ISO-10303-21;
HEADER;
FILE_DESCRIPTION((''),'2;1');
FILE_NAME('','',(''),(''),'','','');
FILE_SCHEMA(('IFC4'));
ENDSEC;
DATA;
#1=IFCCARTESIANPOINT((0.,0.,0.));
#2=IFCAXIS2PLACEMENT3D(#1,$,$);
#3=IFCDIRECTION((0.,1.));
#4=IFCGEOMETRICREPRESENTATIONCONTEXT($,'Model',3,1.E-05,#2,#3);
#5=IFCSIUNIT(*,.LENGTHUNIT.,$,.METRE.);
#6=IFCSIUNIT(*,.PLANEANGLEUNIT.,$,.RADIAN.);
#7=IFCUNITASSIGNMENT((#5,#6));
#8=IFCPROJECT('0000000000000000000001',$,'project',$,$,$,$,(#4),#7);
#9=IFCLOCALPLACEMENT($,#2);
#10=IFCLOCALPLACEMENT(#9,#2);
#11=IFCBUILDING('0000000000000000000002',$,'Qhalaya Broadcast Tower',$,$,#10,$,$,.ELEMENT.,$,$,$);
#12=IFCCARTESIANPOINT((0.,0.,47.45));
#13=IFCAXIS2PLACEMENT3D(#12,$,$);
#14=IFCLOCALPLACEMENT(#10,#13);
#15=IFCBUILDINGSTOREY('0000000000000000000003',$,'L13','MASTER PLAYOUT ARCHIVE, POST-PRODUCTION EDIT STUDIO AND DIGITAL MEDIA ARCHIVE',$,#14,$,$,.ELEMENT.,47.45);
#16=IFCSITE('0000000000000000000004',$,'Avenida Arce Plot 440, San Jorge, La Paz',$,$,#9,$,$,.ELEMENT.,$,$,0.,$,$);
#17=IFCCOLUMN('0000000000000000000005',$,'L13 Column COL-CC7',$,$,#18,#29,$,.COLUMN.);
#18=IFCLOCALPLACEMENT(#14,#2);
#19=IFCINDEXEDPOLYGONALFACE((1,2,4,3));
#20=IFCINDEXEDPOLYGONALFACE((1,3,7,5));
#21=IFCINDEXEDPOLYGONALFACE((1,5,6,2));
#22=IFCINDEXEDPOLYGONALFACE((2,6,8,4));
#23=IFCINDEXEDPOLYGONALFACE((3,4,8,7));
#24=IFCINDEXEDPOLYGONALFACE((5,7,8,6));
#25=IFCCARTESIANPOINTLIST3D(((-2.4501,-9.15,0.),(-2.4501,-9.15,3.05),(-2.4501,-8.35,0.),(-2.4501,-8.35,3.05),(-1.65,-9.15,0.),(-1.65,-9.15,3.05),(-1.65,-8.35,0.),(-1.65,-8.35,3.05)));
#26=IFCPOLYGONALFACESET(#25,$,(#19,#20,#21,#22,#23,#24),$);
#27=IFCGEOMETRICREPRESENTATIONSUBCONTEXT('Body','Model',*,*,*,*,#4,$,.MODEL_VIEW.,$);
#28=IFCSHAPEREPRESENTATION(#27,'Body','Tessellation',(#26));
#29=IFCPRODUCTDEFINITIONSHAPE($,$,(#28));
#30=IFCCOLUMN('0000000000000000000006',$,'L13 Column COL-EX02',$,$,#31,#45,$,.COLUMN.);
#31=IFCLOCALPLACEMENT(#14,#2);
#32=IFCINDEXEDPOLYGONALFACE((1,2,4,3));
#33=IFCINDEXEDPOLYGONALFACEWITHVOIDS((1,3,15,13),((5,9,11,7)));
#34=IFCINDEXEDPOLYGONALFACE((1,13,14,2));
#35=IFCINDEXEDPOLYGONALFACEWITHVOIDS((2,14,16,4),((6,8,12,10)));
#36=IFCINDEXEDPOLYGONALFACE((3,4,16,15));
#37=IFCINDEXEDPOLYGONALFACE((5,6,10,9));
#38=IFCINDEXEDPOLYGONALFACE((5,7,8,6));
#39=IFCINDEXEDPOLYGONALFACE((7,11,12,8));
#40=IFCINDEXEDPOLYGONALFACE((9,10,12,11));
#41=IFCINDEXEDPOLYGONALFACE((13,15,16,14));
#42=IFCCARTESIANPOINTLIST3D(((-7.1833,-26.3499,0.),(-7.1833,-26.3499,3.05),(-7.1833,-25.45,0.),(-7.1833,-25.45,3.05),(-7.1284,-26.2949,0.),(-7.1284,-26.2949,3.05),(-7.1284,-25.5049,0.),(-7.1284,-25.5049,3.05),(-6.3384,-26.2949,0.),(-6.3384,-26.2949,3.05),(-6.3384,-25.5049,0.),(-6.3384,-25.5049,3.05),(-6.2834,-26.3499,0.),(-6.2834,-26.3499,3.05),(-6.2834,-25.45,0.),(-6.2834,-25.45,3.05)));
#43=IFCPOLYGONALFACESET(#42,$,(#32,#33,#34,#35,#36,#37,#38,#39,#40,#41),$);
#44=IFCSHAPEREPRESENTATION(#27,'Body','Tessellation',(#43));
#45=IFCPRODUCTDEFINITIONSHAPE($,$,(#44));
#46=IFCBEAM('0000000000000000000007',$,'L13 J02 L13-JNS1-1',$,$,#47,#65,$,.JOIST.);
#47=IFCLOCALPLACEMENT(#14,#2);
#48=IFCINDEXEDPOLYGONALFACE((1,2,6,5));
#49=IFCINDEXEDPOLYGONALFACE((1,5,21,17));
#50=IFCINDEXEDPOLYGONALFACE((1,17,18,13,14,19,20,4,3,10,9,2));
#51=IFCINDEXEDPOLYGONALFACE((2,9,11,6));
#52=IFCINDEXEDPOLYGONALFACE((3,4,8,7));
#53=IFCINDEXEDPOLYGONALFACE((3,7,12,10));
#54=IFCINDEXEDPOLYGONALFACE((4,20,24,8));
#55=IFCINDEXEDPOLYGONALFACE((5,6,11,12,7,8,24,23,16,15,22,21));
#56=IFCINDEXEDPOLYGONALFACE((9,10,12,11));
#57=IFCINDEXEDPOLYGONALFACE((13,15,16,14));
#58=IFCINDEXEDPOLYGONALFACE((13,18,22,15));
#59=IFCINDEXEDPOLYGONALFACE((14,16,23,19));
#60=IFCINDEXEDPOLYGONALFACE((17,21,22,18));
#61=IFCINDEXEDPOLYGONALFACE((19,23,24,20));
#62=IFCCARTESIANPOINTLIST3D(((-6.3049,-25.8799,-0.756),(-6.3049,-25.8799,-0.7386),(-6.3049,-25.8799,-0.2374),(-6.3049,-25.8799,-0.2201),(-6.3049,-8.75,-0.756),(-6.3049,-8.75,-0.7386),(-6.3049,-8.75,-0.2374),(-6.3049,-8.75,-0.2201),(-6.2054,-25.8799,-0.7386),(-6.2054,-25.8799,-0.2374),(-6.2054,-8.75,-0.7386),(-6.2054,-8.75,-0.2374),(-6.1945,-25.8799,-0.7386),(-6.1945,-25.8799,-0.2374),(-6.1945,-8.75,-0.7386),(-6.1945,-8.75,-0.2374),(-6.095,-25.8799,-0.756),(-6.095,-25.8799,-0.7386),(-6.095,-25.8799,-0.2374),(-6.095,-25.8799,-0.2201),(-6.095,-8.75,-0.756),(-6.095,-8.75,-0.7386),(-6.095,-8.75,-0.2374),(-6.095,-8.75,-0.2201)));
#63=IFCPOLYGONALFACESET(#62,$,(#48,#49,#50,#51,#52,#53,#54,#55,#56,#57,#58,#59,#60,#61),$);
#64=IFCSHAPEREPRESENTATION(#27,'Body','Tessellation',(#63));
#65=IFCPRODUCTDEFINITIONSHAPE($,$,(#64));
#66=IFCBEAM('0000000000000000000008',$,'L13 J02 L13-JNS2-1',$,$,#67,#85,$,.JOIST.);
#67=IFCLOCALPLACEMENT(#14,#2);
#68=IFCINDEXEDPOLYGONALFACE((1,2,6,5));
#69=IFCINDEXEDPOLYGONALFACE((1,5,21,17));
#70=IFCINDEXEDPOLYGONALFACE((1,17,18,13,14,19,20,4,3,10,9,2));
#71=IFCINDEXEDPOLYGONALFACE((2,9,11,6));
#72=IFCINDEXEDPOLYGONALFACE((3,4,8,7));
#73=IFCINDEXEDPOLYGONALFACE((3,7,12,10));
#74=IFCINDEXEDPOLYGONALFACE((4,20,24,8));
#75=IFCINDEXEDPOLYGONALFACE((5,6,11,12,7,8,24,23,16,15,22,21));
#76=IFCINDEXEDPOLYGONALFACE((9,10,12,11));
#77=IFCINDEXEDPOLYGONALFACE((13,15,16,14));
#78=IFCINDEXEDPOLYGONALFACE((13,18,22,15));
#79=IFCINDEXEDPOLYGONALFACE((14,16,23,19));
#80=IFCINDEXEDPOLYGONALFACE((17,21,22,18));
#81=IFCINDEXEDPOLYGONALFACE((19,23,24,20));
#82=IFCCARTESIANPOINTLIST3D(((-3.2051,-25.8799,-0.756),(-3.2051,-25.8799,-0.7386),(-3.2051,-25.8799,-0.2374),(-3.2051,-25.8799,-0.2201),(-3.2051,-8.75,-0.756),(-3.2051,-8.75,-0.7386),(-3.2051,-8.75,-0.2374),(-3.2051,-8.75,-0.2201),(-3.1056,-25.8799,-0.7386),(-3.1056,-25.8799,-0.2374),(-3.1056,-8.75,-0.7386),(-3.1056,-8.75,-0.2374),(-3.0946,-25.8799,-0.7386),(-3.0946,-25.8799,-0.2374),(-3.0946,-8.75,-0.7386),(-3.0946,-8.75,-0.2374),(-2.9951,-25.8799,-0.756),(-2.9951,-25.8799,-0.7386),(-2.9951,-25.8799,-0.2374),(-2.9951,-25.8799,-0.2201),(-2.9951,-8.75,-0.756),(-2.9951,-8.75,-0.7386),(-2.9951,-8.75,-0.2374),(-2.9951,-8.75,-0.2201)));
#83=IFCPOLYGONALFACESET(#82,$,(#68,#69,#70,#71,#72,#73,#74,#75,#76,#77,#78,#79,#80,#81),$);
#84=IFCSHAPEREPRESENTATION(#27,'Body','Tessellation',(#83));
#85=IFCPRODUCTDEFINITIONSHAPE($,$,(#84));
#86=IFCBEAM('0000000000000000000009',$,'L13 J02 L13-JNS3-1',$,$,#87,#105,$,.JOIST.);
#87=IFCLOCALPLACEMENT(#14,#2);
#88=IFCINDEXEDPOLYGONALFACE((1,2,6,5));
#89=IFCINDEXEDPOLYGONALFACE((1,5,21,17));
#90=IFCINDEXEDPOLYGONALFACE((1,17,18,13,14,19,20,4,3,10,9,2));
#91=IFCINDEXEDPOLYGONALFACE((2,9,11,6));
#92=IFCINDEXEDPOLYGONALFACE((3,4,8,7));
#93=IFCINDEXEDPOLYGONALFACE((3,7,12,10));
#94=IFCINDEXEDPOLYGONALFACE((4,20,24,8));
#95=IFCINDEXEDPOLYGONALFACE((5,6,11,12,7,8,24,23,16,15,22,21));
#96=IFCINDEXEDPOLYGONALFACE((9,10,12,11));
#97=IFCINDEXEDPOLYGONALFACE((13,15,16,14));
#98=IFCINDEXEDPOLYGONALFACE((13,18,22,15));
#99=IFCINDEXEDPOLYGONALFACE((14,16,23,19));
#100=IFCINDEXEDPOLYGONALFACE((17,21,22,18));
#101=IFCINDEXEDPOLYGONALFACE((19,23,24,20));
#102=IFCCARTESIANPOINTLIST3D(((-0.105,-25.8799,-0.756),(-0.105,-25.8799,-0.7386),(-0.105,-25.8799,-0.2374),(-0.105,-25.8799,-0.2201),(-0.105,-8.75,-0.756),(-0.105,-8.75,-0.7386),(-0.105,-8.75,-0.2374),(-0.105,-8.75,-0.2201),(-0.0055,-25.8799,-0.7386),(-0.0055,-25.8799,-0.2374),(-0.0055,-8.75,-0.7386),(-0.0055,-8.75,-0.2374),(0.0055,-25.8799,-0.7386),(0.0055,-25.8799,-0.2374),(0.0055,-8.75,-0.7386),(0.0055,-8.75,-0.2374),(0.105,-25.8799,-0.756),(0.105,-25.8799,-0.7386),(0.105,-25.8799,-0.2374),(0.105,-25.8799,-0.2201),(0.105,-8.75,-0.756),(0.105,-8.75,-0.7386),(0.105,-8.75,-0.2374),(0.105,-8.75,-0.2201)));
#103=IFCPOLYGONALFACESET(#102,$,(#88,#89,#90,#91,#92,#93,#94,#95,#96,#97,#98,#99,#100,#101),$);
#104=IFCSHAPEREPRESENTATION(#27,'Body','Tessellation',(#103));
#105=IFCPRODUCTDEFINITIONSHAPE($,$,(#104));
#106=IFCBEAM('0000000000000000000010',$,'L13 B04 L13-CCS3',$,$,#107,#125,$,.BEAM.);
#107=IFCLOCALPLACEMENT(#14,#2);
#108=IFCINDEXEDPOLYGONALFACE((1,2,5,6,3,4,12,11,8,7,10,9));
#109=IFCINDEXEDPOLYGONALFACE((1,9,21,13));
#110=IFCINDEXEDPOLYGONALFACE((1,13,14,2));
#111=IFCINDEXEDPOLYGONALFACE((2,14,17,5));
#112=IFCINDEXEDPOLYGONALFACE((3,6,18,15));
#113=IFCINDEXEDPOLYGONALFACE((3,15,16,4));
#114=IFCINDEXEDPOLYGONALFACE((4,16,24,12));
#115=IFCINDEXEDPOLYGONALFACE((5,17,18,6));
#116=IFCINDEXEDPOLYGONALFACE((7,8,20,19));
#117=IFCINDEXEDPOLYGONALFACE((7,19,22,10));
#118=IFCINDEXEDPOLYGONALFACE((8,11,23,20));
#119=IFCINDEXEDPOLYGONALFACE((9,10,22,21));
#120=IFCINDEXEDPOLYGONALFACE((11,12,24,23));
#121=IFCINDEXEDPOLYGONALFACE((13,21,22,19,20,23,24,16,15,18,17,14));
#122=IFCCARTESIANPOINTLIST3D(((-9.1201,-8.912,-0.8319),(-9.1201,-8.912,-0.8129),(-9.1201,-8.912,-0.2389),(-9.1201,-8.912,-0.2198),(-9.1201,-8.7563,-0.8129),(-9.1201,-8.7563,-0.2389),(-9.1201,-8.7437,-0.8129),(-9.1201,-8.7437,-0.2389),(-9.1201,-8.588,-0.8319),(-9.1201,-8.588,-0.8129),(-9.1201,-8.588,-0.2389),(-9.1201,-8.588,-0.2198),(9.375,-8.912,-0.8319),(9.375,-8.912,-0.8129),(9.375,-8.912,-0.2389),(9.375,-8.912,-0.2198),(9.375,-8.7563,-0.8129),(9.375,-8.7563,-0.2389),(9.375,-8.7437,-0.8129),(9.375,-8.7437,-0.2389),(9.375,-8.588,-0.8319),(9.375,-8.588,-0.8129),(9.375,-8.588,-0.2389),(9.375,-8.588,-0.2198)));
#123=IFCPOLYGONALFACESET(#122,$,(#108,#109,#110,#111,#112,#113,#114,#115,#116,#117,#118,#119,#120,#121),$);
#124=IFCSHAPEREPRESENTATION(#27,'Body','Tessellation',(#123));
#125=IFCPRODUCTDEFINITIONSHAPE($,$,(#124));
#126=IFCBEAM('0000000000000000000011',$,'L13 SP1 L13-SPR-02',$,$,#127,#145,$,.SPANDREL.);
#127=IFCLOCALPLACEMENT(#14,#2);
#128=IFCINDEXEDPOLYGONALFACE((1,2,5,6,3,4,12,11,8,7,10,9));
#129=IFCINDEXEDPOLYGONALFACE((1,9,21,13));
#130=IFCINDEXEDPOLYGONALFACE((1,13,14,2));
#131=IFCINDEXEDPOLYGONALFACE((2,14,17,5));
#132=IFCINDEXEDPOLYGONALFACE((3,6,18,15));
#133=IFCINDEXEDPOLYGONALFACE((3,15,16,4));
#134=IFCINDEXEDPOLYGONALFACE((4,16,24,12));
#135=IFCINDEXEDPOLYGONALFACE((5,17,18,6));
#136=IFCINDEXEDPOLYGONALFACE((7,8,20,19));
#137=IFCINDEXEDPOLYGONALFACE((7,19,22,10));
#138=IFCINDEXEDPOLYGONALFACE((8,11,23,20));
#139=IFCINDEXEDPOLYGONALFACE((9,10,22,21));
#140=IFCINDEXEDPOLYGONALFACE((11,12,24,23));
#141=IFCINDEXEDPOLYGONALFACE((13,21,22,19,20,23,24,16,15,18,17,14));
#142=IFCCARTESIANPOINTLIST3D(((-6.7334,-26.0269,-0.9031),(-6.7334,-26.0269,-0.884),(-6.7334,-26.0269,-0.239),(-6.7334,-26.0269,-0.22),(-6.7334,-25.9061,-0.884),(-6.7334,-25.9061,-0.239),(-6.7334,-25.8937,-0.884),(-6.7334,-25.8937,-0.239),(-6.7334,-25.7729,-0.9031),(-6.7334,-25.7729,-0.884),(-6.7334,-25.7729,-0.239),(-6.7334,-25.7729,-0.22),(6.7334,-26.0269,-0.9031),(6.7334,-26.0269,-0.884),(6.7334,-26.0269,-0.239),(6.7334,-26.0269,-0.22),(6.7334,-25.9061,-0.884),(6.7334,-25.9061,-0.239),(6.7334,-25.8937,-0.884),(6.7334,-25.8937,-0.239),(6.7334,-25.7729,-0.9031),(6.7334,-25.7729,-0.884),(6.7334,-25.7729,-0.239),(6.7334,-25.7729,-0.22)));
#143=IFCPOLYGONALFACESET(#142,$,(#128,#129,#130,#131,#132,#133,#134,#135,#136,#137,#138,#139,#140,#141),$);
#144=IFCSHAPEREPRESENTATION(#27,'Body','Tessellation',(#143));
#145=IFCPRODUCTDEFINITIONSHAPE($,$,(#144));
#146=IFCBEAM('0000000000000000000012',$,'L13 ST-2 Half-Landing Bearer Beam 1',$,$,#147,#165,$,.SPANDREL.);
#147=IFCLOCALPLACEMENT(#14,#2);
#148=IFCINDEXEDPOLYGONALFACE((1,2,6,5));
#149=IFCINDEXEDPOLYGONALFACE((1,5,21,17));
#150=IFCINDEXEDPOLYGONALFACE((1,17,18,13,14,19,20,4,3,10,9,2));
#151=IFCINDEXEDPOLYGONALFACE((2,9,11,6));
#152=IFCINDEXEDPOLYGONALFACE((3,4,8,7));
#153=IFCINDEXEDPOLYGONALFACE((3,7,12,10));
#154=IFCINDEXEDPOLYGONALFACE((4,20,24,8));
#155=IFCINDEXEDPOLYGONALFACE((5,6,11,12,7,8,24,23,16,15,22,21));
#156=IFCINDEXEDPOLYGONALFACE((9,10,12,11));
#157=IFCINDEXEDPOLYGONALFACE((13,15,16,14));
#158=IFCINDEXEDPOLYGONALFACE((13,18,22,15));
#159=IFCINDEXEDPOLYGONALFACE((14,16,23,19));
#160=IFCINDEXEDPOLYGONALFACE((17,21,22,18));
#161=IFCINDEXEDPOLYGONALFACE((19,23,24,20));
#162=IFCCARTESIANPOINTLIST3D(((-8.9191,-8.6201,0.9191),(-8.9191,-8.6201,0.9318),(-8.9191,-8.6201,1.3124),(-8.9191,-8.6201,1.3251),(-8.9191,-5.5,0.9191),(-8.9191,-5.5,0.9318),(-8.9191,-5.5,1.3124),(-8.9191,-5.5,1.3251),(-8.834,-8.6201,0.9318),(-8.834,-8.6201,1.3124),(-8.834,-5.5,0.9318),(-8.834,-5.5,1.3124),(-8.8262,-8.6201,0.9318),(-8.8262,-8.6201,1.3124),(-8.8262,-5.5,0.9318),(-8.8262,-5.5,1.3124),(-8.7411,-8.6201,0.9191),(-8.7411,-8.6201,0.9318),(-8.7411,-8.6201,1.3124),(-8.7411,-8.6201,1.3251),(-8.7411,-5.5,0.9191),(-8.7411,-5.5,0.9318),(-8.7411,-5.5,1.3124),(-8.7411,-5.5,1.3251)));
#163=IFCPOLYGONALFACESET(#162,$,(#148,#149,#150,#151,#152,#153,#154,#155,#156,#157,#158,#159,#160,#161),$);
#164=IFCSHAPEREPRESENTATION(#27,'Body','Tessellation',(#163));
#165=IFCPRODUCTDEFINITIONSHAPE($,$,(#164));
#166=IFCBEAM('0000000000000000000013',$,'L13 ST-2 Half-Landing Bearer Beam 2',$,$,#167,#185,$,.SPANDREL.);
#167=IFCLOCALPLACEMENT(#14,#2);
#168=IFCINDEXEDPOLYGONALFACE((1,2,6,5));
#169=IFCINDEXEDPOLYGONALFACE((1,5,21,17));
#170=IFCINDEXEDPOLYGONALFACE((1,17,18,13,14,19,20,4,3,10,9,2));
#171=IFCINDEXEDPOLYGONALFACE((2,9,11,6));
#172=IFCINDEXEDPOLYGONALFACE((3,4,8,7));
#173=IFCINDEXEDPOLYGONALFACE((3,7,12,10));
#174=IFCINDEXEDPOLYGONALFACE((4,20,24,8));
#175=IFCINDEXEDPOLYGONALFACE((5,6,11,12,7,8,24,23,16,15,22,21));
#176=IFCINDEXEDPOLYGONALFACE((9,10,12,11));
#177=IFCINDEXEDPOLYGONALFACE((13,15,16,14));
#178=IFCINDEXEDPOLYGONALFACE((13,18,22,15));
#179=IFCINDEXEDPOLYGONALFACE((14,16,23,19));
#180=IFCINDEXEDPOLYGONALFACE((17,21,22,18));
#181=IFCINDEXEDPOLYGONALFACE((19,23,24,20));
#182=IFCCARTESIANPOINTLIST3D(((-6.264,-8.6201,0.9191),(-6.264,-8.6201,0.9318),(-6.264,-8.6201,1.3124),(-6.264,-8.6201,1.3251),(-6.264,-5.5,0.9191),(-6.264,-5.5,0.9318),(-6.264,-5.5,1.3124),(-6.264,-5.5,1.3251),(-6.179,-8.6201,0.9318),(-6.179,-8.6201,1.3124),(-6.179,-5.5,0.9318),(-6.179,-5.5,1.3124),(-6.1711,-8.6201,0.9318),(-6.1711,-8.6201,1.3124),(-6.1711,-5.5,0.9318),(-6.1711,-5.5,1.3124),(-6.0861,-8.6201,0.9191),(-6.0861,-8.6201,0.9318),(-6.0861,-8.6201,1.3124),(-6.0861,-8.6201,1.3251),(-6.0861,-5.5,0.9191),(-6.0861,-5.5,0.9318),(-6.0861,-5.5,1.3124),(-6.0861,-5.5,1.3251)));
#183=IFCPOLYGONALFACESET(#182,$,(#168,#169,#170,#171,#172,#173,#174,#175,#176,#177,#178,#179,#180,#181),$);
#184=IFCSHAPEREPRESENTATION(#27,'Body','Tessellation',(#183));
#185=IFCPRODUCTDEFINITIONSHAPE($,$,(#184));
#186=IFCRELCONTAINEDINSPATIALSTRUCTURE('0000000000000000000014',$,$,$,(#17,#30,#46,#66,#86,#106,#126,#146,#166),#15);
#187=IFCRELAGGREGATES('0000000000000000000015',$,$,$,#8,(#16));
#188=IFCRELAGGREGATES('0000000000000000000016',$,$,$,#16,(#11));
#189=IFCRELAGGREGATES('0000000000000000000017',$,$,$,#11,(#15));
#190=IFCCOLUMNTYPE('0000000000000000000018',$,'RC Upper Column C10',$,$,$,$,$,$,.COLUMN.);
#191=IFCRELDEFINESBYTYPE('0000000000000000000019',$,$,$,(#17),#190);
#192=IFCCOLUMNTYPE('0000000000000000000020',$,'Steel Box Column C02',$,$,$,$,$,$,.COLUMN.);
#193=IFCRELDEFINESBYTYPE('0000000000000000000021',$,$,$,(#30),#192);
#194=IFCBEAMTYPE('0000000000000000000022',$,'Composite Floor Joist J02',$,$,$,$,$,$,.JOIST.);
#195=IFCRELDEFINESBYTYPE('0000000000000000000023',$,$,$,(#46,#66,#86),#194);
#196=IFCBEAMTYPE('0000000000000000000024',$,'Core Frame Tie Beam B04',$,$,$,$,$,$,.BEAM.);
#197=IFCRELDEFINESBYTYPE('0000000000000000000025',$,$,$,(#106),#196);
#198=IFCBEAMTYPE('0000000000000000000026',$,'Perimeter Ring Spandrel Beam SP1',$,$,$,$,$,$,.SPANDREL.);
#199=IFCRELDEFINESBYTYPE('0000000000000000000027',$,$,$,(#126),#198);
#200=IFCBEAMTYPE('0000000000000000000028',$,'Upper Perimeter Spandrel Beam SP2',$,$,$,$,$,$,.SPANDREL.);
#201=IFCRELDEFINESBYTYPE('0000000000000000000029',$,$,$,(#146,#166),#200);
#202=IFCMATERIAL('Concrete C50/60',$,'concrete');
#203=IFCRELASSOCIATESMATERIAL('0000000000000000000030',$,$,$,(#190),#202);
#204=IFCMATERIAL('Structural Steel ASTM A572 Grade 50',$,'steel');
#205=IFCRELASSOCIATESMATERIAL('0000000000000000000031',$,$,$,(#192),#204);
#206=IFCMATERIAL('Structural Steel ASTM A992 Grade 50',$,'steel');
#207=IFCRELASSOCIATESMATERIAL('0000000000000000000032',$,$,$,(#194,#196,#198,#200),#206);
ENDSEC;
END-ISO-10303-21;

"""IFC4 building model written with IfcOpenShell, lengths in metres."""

from ifc_helpers import new_model, si_unit, direction, frame, origin, origin_2d, place, context, subcontext, project, spatial, rectangle, hollow_rectangle, i_section, extrude, material, material_profile, profile_set, type_object, element, save


model = new_model("IFC4")

# Units and contexts
model_context = context("Model", 3, precision=1e-05, world=origin(), true_north=direction((0.0, 1.0)))
body_context = subcontext(model_context, "Body", "Model", "MODEL_VIEW")
ifc_project = project(units=[si_unit("LENGTHUNIT", "METRE"), si_unit("PLANEANGLEUNIT", "RADIAN")], contexts=[model_context])

# Site, building, storey
site_placement = place(None, origin())
site = spatial("IfcSite", under=ifc_project, at=site_placement, Name="Avenida Arce Plot 440, San Jorge, La Paz", CompositionType="ELEMENT", RefElevation=0.0)
building_placement = place(site_placement, origin())
building = spatial("IfcBuilding", under=site, at=building_placement, Name="Qhalaya Broadcast Tower", CompositionType="ELEMENT")
storey_placement = place(building_placement, frame((0.0, 0.0, 47.45)))
storey = spatial("IfcBuildingStorey", under=building, at=storey_placement, Name="L13", Description="MASTER PLAYOUT ARCHIVE, POST-PRODUCTION EDIT STUDIO AND DIGITAL MEDIA ARCHIVE", CompositionType="ELEMENT", Elevation=47.45)

# Columns
ifc_material_1 = material(Name="Concrete C50/60", Category="concrete")
ifc_material_profile_1 = material_profile(ifc_material_1, rectangle(XDim=0.8, YDim=0.8, at=origin_2d()), Name="RC-COL 800x800")
ifc_profile_set_1 = profile_set([ifc_material_profile_1], Name="Concrete C50/60")
column_type_1 = type_object("IfcColumnType", Name="RC Upper Column C10", PredefinedType="COLUMN", material=ifc_profile_set_1)
column_1_placement = place(storey_placement, frame((-2.05, -8.75, 0.0), z_axis=(0.0, 0.0, 1.0), x_axis=(1.0, 0.0, 0.0)))
element("IfcColumn", 1, at=column_1_placement, inside=storey, type_object=column_type_1, Name="L13 Column COL-CC7", PredefinedType="COLUMN", context=body_context, shape_type="SweptSolid", body=[
    extrude(rectangle(XDim=0.8, YDim=0.8, at=origin_2d()), origin(), (0.0, 0.0, 1.0), 3.05),
])
ifc_material_2 = material(Name="Structural Steel ASTM A572 Grade 50", Category="steel")
ifc_material_profile_2 = material_profile(ifc_material_2, hollow_rectangle(XDim=0.8999, YDim=0.8999, WallThickness=0.0549, at=origin_2d()), Name="BOX 900x900x55")
ifc_profile_set_2 = profile_set([ifc_material_profile_2], Name="Structural Steel ASTM A572 Grade 50")
column_type_2 = type_object("IfcColumnType", Name="Steel Box Column C02", PredefinedType="COLUMN", material=ifc_profile_set_2)
column_2_placement = place(storey_placement, frame((-6.7334, -25.8999, 0.0), z_axis=(0.0, 0.0, 1.0), x_axis=(1.0, 0.0, 0.0)))
element("IfcColumn", 2, at=column_2_placement, inside=storey, type_object=column_type_2, Name="L13 Column COL-EX02", PredefinedType="COLUMN", context=body_context, shape_type="SweptSolid", body=[
    extrude(hollow_rectangle(XDim=0.8999, YDim=0.8999, WallThickness=0.0549, at=origin_2d()), origin(), (0.0, 0.0, 1.0), 3.05),
])

# Beams
ifc_material_3 = material(Name="Structural Steel ASTM A992 Grade 50", Category="steel")
ifc_material_profile_3 = material_profile(ifc_material_3, i_section(OverallWidth=0.21, OverallDepth=0.5359, WebThickness=0.011, FlangeThickness=0.0173, at=origin_2d()), Name="W21X68")
ifc_profile_set_3 = profile_set([ifc_material_profile_3], Name="Structural Steel ASTM A992 Grade 50")
beam_type_1 = type_object("IfcBeamType", Name="Composite Floor Joist J02", PredefinedType="JOIST", material=ifc_profile_set_3)
for number, where, z_axis, x_axis, name in (
    (3, (-6.2, -25.8799, -0.488), (0.0, 1.0, 0.0), (-1.0, 0.0, 0.0), "L13 J02 L13-JNS1-1"),
    (4, (-3.1001, -25.8799, -0.488), (0.0, 1.0, 0.0), (-1.0, 0.0, 0.0), "L13 J02 L13-JNS2-1"),
    (5, (0.0, -25.8799, -0.488), (0.0, 1.0, 0.0), (-1.0, 0.0, 0.0), "L13 J02 L13-JNS3-1"),
):
    element("IfcBeam", number, at=place(storey_placement, frame(where, z_axis=z_axis, x_axis=x_axis)), inside=storey, type_object=beam_type_1, Name=name, PredefinedType="JOIST", context=body_context, shape_type="SweptSolid", body=[
        extrude(i_section(OverallWidth=0.21, OverallDepth=0.5359, WebThickness=0.011, FlangeThickness=0.0173, at=origin_2d()), origin(), (0.0, 0.0, 1.0), 17.1299),
    ])
ifc_material_profile_4 = material_profile(ifc_material_3, i_section(OverallWidth=0.324, OverallDepth=0.6121, WebThickness=0.0127, FlangeThickness=0.019, at=origin_2d()), Name="W24X104")
ifc_profile_set_4 = profile_set([ifc_material_profile_4], Name="Structural Steel ASTM A992 Grade 50")
beam_type_2 = type_object("IfcBeamType", Name="Core Frame Tie Beam B04", PredefinedType="BEAM", material=ifc_profile_set_4)
beam_1_placement = place(storey_placement, frame((-9.1201, -8.75, -0.5259), z_axis=(1.0, 0.0, 0.0), x_axis=(0.0, 1.0, 0.0)))
element("IfcBeam", 6, at=beam_1_placement, inside=storey, type_object=beam_type_2, Name="L13 B04 L13-CCS3", PredefinedType="BEAM", context=body_context, shape_type="SweptSolid", body=[
    extrude(i_section(OverallWidth=0.324, OverallDepth=0.6121, WebThickness=0.0127, FlangeThickness=0.019, at=origin_2d()), origin(), (0.0, 0.0, 1.0), 18.4951),
])
ifc_material_profile_5 = material_profile(ifc_material_3, i_section(OverallWidth=0.2539, OverallDepth=0.6831, WebThickness=0.0125, FlangeThickness=0.019, at=origin_2d()), Name="W27X94")
ifc_profile_set_5 = profile_set([ifc_material_profile_5], Name="Structural Steel ASTM A992 Grade 50")
beam_type_3 = type_object("IfcBeamType", Name="Perimeter Ring Spandrel Beam SP1", PredefinedType="SPANDREL", material=ifc_profile_set_5)
beam_2_placement = place(storey_placement, frame((-6.7334, -25.8999, -0.5615), z_axis=(1.0, 0.0, 0.0), x_axis=(0.0, 1.0, 0.0)))
element("IfcBeam", 7, at=beam_2_placement, inside=storey, type_object=beam_type_3, Name="L13 SP1 L13-SPR-02", PredefinedType="SPANDREL", context=body_context, shape_type="SweptSolid", body=[
    extrude(i_section(OverallWidth=0.2539, OverallDepth=0.6831, WebThickness=0.0125, FlangeThickness=0.019, at=origin_2d()), origin(), (0.0, 0.0, 1.0), 13.4668),
])
ifc_material_profile_6 = material_profile(ifc_material_3, i_section(OverallWidth=0.178, OverallDepth=0.406, WebThickness=0.0078, FlangeThickness=0.0127, at=origin_2d()), Name="W16X40")
ifc_profile_set_6 = profile_set([ifc_material_profile_6], Name="Structural Steel ASTM A992 Grade 50")
beam_type_4 = type_object("IfcBeamType", Name="Upper Perimeter Spandrel Beam SP2", PredefinedType="SPANDREL", material=ifc_profile_set_6)
for number, where, z_axis, x_axis, name in (
    (8, (-8.8301, -8.6201, 1.1221), (0.0, 1.0, 0.0), (-1.0, 0.0, 0.0), "L13 ST-2 Half-Landing Bearer Beam 1"),
    (9, (-6.175, -8.6201, 1.1221), (0.0, 1.0, 0.0), (-1.0, 0.0, 0.0), "L13 ST-2 Half-Landing Bearer Beam 2"),
):
    element("IfcBeam", number, at=place(storey_placement, frame(where, z_axis=z_axis, x_axis=x_axis)), inside=storey, type_object=beam_type_4, Name=name, PredefinedType="SPANDREL", context=body_context, shape_type="SweptSolid", body=[
        extrude(i_section(OverallWidth=0.178, OverallDepth=0.406, WebThickness=0.0078, FlangeThickness=0.0127, at=origin_2d()), origin(), (0.0, 0.0, 1.0), 3.1201),
    ])

save(model, "model.ifc")
